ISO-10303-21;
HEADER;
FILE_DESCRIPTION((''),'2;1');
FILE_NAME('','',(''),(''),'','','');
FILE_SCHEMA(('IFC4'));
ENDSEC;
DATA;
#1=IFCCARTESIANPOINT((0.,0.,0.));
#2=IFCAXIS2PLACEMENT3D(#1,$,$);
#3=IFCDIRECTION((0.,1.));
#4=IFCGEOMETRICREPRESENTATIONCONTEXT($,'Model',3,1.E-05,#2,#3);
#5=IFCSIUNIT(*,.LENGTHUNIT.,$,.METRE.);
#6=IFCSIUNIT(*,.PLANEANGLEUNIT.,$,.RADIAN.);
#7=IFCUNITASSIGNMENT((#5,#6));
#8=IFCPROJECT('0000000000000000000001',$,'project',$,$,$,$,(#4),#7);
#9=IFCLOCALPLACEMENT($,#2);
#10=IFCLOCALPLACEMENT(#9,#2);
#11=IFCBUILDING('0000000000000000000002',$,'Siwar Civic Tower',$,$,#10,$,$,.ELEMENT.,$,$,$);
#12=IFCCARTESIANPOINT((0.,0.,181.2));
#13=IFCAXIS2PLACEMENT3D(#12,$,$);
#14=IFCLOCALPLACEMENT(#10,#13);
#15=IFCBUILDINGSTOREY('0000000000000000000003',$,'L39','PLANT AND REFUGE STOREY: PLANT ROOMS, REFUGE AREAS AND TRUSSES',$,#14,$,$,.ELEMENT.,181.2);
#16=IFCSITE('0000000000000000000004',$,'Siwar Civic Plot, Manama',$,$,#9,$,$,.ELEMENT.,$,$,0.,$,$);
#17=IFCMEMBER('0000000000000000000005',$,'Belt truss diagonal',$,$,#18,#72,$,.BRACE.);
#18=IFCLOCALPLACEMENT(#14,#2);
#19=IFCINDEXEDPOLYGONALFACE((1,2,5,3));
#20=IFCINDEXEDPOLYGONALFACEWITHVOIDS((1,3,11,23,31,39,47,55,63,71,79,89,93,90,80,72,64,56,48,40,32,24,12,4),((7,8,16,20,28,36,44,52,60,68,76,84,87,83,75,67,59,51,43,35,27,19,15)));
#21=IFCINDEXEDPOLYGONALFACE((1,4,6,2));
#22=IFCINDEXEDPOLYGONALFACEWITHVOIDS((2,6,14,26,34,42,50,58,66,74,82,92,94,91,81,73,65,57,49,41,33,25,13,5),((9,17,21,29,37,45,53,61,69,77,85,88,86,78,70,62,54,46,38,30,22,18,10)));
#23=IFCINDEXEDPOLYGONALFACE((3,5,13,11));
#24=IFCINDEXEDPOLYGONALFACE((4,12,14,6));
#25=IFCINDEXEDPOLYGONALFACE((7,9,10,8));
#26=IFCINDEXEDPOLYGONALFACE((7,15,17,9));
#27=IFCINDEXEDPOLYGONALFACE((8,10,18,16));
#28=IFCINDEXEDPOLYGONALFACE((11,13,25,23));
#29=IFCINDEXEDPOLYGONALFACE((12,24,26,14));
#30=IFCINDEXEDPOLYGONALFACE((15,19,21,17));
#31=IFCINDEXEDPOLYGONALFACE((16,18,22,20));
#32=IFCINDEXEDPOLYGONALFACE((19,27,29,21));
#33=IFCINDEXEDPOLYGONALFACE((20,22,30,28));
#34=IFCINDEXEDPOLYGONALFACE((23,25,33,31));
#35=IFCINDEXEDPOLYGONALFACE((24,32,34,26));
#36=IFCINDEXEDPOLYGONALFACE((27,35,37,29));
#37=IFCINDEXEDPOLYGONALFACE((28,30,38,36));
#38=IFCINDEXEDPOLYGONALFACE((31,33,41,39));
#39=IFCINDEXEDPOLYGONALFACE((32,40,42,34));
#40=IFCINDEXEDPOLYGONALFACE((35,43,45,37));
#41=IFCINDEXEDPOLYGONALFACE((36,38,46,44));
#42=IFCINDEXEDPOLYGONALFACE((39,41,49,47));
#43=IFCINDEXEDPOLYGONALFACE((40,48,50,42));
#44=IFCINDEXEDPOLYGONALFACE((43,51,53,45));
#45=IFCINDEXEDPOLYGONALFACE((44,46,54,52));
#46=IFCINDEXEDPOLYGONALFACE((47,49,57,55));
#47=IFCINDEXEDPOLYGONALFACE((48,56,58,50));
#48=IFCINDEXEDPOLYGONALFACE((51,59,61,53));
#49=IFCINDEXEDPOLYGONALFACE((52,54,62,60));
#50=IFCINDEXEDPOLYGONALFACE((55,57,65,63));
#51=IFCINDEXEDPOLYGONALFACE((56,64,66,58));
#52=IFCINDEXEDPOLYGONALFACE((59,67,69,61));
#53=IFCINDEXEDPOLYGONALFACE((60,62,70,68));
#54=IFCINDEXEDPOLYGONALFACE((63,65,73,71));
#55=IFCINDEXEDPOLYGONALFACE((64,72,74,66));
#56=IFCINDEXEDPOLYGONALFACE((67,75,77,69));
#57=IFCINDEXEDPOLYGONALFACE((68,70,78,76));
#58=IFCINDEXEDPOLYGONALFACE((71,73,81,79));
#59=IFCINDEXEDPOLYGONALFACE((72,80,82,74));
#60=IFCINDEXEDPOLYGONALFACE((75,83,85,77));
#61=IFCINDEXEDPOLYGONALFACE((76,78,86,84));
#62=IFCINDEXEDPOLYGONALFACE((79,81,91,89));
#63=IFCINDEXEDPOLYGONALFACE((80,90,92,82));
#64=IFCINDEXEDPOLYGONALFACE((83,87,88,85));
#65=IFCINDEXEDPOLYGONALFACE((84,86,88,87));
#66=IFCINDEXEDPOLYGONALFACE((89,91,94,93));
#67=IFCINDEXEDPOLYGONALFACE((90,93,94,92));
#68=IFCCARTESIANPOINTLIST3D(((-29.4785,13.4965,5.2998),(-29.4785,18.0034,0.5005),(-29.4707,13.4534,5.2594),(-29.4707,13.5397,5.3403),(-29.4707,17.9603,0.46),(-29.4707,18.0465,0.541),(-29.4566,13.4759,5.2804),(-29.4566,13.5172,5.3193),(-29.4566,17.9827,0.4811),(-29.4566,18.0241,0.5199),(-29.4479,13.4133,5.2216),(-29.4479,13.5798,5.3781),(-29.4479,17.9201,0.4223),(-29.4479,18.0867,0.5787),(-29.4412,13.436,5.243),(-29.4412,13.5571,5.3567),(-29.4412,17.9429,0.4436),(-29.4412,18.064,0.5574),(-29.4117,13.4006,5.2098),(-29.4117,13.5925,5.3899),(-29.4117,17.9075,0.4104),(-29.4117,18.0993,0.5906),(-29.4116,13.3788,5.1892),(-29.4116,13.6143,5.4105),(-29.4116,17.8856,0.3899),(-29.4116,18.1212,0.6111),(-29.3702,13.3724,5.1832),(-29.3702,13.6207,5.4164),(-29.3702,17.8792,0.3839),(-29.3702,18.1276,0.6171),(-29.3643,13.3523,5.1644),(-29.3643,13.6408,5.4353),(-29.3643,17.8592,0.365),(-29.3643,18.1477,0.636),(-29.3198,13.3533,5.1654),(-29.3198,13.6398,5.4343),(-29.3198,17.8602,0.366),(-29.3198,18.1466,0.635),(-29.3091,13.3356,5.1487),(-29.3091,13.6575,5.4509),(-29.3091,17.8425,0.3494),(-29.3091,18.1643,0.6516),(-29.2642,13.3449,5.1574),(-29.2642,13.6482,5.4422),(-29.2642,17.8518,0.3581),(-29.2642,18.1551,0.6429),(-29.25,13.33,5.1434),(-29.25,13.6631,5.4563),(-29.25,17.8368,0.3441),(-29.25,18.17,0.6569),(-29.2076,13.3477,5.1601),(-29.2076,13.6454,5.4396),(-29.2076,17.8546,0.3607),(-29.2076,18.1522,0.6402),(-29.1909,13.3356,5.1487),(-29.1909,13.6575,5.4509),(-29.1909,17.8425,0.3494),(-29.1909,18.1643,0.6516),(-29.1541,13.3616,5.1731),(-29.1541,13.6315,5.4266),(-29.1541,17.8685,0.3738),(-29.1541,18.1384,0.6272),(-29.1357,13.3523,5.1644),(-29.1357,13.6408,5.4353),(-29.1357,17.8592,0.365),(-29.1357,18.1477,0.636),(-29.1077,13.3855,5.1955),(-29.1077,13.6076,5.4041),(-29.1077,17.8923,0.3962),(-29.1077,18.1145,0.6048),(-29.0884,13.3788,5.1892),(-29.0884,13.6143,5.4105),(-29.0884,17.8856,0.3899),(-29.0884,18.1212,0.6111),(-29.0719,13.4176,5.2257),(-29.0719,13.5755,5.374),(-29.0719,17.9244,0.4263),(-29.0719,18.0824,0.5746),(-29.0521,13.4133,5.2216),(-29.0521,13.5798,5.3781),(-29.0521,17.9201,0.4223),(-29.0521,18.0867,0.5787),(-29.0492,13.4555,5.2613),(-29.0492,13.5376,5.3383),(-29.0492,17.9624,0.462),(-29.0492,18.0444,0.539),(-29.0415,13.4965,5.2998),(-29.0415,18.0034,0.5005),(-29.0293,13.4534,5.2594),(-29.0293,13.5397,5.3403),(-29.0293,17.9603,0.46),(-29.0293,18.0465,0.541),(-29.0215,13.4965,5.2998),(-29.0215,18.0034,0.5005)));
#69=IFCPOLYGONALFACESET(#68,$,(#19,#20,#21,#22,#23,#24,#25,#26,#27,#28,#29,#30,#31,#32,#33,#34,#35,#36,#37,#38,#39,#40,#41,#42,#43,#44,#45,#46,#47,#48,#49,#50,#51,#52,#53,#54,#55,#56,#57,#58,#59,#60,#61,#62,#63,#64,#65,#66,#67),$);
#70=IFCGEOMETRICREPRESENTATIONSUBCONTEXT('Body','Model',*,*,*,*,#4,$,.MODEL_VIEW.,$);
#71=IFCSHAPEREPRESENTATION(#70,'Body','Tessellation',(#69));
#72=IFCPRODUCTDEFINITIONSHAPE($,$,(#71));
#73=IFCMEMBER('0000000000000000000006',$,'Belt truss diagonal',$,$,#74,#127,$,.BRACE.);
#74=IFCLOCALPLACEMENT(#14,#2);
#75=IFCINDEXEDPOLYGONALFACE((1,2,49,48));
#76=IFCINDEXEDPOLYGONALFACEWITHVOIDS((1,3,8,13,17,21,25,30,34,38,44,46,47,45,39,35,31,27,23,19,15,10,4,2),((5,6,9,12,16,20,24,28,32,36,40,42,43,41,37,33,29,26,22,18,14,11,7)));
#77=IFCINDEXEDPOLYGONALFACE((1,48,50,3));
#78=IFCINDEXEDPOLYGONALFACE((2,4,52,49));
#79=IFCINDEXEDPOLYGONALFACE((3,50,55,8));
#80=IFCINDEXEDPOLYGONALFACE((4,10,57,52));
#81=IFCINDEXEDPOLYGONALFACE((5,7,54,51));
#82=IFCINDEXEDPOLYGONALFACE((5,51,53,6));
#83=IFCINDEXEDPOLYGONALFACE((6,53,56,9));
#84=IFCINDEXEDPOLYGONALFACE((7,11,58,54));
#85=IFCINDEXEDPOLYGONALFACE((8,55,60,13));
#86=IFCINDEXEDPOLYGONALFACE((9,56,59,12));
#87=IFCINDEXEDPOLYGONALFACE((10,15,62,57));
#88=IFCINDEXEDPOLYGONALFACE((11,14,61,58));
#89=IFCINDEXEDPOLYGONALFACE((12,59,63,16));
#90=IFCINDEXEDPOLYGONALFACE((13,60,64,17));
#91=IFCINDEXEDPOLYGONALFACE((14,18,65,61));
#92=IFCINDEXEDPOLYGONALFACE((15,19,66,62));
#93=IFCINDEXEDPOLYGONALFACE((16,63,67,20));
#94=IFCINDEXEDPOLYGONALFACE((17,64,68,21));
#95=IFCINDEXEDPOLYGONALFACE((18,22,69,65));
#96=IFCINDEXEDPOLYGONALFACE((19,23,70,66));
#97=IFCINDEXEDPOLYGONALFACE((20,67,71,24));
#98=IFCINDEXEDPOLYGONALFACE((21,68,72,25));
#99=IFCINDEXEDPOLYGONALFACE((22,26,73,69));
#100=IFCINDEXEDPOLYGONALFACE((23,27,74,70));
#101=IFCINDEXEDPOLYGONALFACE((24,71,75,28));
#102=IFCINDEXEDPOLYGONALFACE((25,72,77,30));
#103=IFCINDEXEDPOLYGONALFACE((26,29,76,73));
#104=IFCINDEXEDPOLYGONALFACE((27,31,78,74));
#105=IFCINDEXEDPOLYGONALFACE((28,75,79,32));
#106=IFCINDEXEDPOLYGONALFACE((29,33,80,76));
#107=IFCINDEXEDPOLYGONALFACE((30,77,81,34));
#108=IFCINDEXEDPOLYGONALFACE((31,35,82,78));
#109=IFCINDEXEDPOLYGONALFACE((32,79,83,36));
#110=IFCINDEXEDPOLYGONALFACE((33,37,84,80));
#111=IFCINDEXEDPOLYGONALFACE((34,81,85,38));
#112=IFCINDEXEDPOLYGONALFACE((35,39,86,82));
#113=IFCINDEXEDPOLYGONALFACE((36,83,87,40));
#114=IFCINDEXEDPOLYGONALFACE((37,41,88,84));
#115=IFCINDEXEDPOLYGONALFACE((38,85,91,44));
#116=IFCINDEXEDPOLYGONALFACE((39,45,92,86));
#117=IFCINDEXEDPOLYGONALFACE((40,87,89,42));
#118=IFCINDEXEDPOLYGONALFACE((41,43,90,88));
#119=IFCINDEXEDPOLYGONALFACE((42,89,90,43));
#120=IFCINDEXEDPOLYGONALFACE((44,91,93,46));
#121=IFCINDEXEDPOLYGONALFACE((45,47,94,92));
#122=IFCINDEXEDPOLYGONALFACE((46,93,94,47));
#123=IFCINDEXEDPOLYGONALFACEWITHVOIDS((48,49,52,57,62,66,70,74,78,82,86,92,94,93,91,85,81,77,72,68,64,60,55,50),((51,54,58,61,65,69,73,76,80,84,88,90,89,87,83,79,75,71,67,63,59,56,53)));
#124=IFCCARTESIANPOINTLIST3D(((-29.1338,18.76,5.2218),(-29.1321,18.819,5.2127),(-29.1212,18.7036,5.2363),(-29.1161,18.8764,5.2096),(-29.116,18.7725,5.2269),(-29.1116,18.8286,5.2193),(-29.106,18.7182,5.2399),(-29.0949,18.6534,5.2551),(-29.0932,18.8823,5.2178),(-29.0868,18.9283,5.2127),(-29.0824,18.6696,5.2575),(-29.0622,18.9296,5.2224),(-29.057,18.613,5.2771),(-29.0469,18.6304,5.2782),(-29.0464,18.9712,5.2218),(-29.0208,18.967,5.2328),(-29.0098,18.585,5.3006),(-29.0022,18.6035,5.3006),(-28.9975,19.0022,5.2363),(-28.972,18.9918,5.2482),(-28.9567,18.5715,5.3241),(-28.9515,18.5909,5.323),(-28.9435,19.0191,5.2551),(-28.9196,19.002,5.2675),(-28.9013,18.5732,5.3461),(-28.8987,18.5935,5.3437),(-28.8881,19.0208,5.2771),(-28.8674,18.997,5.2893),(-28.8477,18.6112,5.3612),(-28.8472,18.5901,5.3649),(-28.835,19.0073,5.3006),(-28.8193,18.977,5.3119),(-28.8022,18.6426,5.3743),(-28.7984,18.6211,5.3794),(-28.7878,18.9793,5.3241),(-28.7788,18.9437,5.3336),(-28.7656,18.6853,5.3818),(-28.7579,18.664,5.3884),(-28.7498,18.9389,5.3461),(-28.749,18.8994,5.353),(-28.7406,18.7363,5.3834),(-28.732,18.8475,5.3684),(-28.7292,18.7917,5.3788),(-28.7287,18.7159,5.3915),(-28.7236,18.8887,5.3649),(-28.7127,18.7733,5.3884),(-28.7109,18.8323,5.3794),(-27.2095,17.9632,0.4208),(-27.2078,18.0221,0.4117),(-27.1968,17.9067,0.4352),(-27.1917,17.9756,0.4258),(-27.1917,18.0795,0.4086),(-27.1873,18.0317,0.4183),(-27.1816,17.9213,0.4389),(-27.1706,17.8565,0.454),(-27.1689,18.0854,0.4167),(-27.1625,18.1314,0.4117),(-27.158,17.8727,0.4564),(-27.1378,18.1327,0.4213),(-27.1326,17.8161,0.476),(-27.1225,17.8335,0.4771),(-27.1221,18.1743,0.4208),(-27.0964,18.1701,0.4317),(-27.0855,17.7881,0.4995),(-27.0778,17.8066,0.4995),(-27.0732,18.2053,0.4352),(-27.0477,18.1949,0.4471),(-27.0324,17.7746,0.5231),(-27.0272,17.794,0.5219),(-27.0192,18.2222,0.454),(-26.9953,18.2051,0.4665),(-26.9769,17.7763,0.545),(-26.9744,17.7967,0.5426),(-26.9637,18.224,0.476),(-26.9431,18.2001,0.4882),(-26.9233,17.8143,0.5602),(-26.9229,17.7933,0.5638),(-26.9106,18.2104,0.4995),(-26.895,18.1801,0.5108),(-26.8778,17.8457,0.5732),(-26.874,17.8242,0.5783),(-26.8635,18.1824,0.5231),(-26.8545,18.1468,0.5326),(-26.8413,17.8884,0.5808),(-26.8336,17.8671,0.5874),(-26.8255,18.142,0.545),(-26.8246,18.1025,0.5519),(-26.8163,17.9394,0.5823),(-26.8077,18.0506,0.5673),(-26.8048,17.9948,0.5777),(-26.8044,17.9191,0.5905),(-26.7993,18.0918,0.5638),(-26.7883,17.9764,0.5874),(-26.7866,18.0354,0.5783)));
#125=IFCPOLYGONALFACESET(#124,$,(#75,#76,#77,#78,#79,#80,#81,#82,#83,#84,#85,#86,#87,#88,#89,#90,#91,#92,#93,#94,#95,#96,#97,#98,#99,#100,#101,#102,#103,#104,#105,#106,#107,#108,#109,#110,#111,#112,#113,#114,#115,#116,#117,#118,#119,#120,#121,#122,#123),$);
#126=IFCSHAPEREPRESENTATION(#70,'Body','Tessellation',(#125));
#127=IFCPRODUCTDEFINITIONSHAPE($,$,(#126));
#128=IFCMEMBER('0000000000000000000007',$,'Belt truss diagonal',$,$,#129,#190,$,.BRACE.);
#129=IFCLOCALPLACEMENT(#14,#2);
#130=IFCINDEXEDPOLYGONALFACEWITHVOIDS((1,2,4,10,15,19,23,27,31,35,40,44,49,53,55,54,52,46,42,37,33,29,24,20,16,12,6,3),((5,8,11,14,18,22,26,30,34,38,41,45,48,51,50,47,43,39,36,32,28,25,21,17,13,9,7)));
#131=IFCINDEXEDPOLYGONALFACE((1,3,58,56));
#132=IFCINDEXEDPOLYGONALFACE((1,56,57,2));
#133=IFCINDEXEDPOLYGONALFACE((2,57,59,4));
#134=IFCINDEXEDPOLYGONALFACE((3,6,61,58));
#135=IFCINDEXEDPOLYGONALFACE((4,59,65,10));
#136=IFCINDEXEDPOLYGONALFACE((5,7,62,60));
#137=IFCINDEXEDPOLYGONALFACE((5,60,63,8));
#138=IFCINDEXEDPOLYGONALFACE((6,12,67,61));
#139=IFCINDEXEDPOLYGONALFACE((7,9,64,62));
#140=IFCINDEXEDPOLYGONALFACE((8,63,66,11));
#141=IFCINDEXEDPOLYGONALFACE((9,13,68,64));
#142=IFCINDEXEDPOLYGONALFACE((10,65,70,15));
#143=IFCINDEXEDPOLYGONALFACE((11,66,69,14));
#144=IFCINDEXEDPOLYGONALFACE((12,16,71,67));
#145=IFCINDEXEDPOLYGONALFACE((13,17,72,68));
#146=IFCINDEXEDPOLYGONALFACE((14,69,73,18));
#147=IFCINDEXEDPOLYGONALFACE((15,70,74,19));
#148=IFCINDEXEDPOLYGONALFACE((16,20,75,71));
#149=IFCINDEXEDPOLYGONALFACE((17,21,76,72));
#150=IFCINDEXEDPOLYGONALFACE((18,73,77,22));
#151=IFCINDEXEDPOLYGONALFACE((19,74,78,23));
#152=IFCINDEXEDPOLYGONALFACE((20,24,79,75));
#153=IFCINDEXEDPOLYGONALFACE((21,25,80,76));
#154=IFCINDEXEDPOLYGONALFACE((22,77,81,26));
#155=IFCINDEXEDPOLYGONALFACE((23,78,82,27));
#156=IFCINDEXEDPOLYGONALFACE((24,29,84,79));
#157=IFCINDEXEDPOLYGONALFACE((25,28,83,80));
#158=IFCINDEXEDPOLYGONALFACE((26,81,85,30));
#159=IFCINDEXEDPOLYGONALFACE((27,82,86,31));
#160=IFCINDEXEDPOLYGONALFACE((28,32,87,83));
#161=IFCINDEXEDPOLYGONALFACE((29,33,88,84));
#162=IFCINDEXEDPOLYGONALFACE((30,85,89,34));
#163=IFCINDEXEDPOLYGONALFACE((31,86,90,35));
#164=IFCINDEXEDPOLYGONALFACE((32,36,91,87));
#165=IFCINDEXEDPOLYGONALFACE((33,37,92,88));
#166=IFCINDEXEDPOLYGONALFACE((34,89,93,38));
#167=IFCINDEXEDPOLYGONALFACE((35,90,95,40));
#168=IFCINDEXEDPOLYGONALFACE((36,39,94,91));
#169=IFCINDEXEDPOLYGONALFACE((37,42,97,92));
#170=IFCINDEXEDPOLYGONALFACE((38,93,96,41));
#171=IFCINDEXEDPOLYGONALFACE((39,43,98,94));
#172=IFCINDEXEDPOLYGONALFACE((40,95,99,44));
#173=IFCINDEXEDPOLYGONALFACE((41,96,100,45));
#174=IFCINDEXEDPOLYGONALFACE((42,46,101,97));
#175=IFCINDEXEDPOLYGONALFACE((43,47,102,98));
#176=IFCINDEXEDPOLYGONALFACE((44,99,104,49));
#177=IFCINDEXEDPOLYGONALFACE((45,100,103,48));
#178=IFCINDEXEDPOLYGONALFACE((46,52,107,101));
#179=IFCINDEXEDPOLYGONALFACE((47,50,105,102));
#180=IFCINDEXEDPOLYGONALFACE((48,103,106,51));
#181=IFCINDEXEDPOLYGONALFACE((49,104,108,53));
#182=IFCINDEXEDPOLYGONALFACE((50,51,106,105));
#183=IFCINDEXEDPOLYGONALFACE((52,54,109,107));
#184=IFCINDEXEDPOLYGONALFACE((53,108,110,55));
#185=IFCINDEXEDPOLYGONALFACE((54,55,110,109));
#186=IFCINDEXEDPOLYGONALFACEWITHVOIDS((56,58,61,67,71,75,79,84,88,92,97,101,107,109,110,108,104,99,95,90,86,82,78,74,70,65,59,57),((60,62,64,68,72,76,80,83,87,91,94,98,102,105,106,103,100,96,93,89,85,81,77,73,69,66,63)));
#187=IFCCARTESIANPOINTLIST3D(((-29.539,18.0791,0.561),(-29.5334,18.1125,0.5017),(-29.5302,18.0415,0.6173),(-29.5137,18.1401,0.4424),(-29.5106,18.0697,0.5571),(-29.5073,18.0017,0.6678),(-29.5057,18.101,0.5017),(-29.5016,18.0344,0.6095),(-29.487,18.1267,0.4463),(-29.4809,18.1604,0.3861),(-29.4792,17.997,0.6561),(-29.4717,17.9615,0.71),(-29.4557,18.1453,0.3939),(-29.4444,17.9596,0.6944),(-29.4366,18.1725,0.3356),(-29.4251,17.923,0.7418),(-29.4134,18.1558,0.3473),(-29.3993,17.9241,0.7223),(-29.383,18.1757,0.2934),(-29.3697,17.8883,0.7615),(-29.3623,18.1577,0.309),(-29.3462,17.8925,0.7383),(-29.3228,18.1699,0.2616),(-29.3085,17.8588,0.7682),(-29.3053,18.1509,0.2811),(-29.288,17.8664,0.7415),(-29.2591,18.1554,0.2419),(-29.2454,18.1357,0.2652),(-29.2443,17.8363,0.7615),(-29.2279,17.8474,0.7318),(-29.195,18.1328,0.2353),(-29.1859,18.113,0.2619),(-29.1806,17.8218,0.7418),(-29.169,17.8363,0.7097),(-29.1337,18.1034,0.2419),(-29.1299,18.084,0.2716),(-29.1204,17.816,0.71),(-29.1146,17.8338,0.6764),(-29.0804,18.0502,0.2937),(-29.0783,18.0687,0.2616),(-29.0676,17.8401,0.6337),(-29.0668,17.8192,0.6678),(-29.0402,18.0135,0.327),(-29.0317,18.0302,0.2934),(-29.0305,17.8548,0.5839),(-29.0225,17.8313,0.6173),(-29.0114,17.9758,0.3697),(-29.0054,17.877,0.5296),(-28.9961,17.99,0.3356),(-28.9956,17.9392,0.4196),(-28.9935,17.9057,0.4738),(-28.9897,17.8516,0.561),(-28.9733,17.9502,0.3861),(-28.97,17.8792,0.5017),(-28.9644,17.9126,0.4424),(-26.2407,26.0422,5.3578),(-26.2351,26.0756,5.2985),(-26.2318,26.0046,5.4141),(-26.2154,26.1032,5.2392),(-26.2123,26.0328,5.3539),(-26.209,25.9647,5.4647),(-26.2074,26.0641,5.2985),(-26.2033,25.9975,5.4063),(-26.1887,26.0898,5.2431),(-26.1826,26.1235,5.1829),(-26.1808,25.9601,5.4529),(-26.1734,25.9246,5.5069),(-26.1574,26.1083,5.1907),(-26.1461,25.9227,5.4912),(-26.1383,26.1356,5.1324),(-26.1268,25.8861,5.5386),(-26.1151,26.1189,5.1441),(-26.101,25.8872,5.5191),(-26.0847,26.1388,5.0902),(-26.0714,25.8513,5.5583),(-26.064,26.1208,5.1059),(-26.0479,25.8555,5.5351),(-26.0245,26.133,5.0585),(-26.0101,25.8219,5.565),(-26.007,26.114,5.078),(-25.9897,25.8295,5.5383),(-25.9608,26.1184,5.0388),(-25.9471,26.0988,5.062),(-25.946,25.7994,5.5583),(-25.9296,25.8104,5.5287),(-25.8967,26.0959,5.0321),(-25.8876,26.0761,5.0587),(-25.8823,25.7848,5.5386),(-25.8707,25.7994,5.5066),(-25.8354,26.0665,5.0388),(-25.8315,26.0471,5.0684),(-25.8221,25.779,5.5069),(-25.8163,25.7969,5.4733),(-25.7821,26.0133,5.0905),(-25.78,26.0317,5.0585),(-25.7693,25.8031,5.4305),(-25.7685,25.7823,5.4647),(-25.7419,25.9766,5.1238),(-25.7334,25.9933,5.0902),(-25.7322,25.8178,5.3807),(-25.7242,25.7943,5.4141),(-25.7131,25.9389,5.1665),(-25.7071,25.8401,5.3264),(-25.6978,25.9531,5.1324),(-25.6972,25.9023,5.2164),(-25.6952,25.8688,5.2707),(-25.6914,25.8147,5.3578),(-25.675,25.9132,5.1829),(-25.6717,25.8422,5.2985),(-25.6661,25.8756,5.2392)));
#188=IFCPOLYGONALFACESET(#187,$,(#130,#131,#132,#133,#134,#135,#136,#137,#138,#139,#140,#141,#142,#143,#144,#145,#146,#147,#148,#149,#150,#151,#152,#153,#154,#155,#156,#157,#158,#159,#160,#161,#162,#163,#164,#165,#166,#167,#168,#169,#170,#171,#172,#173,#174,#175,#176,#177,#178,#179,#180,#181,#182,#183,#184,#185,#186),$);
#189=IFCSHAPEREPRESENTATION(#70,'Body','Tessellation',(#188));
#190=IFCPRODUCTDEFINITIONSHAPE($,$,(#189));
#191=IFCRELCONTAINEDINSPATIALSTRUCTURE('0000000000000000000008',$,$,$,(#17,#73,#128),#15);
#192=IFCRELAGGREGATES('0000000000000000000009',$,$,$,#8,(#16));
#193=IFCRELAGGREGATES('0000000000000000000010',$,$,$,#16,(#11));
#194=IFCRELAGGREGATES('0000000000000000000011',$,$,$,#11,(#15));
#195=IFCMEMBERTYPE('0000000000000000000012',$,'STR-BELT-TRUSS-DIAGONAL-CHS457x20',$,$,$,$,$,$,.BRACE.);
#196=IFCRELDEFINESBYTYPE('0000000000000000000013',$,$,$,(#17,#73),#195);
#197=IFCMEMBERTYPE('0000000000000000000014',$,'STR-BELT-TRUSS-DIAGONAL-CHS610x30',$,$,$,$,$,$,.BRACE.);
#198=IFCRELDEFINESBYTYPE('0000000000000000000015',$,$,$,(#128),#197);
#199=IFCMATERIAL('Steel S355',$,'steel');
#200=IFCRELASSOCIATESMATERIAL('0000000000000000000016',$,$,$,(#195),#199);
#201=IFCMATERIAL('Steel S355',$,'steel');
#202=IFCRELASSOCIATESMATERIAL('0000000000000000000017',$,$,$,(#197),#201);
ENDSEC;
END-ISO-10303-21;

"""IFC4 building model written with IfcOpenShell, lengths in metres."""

from ifc_helpers import new_model, si_unit, direction, frame, origin, origin_2d, place, context, subcontext, project, spatial, hollow_circle, extrude, material, material_profile, profile_set, type_object, element, save


model = new_model("IFC4")

# Units and contexts
model_context = context("Model", 3, precision=1e-05, world=origin(), true_north=direction((0.0, 1.0)))
body_context = subcontext(model_context, "Body", "Model", "MODEL_VIEW")
ifc_project = project(units=[si_unit("LENGTHUNIT", "METRE"), si_unit("PLANEANGLEUNIT", "RADIAN")], contexts=[model_context])

# Site, building, storey
site_placement = place(None, origin())
site = spatial("IfcSite", under=ifc_project, at=site_placement, Name="Siwar Civic Plot, Manama", CompositionType="ELEMENT", RefElevation=0.0)
building_placement = place(site_placement, origin())
building = spatial("IfcBuilding", under=site, at=building_placement, Name="Siwar Civic Tower", CompositionType="ELEMENT")
storey_placement = place(building_placement, frame((0.0, 0.0, 181.2)))
storey = spatial("IfcBuildingStorey", under=building, at=storey_placement, Name="L39", Description="PLANT AND REFUGE STOREY: PLANT ROOMS, REFUGE AREAS AND TRUSSES", CompositionType="ELEMENT", Elevation=181.2)

# Members
ifc_material_1 = material(Name="Steel S355", Category="steel")
ifc_material_profile_1 = material_profile(ifc_material_1, hollow_circle(Radius=0.2285, WallThickness=0.02, at=origin_2d()), Name="CHS457x20")
ifc_profile_set_1 = profile_set([ifc_material_profile_1], Name="Steel S355")
member_type_1 = type_object("IfcMemberType", Name="STR-BELT-TRUSS-DIAGONAL-CHS457x20", PredefinedType="BRACE", material=ifc_profile_set_1)
for number, where, z_axis, x_axis, name in (
    (1, (-29.25, 18.0034, 0.5005), (0.0, -0.684545, 0.72897), (1.0, 0.0, 0.0), "Belt truss diagonal"),
):
    element("IfcMember", number, at=place(storey_placement, frame(where, z_axis=z_axis, x_axis=x_axis)), inside=storey, type_object=member_type_1, Name=name, PredefinedType="BRACE", context=body_context, shape_type="SweptSolid", body=[
        extrude(hollow_circle(Radius=0.2285, WallThickness=0.02, at=origin_2d()), origin(), (0.0, 0.0, 1.0), 6.5837),
    ])
member_1_placement = place(storey_placement, frame((-26.998, 17.9993, 0.4995), z_axis=(-0.367703, 0.152269, 0.917392), x_axis=(-0.3826, -0.923914, 0.0)))
element("IfcMember", 2, at=member_1_placement, inside=storey, type_object=member_type_1, Name="Belt truss diagonal", PredefinedType="BRACE", context=body_context, shape_type="SweptSolid", body=[
    extrude(hollow_circle(Radius=0.2285, WallThickness=0.02, at=origin_2d()), origin(), (0.0, 0.0, 1.0), 5.2334),
])
ifc_material_2 = material(Name="Steel S355", Category="steel")
ifc_material_profile_2 = material_profile(ifc_material_2, hollow_circle(Radius=0.3049, WallThickness=0.03, at=origin_2d()), Name="CHS610x30")
ifc_profile_set_2 = profile_set([ifc_material_profile_2], Name="Steel S355")
member_type_2 = type_object("IfcMemberType", Name="STR-BELT-TRUSS-DIAGONAL-CHS610x30", PredefinedType="BRACE", material=ifc_profile_set_2)
member_2_placement = place(storey_placement, frame((-29.2517, 17.9958, 0.5017), z_axis=(0.334378, 0.807284, 0.486296), x_axis=(-0.923884, 0.382674, 0.0)))
element("IfcMember", 3, at=member_2_placement, inside=storey, type_object=member_type_2, Name="Belt truss diagonal", PredefinedType="BRACE", context=body_context, shape_type="SweptSolid", body=[
    extrude(hollow_circle(Radius=0.3049, WallThickness=0.03, at=origin_2d()), origin(), (0.0, 0.0, 1.0), 9.864),
])

save(model, "model.ifc")
